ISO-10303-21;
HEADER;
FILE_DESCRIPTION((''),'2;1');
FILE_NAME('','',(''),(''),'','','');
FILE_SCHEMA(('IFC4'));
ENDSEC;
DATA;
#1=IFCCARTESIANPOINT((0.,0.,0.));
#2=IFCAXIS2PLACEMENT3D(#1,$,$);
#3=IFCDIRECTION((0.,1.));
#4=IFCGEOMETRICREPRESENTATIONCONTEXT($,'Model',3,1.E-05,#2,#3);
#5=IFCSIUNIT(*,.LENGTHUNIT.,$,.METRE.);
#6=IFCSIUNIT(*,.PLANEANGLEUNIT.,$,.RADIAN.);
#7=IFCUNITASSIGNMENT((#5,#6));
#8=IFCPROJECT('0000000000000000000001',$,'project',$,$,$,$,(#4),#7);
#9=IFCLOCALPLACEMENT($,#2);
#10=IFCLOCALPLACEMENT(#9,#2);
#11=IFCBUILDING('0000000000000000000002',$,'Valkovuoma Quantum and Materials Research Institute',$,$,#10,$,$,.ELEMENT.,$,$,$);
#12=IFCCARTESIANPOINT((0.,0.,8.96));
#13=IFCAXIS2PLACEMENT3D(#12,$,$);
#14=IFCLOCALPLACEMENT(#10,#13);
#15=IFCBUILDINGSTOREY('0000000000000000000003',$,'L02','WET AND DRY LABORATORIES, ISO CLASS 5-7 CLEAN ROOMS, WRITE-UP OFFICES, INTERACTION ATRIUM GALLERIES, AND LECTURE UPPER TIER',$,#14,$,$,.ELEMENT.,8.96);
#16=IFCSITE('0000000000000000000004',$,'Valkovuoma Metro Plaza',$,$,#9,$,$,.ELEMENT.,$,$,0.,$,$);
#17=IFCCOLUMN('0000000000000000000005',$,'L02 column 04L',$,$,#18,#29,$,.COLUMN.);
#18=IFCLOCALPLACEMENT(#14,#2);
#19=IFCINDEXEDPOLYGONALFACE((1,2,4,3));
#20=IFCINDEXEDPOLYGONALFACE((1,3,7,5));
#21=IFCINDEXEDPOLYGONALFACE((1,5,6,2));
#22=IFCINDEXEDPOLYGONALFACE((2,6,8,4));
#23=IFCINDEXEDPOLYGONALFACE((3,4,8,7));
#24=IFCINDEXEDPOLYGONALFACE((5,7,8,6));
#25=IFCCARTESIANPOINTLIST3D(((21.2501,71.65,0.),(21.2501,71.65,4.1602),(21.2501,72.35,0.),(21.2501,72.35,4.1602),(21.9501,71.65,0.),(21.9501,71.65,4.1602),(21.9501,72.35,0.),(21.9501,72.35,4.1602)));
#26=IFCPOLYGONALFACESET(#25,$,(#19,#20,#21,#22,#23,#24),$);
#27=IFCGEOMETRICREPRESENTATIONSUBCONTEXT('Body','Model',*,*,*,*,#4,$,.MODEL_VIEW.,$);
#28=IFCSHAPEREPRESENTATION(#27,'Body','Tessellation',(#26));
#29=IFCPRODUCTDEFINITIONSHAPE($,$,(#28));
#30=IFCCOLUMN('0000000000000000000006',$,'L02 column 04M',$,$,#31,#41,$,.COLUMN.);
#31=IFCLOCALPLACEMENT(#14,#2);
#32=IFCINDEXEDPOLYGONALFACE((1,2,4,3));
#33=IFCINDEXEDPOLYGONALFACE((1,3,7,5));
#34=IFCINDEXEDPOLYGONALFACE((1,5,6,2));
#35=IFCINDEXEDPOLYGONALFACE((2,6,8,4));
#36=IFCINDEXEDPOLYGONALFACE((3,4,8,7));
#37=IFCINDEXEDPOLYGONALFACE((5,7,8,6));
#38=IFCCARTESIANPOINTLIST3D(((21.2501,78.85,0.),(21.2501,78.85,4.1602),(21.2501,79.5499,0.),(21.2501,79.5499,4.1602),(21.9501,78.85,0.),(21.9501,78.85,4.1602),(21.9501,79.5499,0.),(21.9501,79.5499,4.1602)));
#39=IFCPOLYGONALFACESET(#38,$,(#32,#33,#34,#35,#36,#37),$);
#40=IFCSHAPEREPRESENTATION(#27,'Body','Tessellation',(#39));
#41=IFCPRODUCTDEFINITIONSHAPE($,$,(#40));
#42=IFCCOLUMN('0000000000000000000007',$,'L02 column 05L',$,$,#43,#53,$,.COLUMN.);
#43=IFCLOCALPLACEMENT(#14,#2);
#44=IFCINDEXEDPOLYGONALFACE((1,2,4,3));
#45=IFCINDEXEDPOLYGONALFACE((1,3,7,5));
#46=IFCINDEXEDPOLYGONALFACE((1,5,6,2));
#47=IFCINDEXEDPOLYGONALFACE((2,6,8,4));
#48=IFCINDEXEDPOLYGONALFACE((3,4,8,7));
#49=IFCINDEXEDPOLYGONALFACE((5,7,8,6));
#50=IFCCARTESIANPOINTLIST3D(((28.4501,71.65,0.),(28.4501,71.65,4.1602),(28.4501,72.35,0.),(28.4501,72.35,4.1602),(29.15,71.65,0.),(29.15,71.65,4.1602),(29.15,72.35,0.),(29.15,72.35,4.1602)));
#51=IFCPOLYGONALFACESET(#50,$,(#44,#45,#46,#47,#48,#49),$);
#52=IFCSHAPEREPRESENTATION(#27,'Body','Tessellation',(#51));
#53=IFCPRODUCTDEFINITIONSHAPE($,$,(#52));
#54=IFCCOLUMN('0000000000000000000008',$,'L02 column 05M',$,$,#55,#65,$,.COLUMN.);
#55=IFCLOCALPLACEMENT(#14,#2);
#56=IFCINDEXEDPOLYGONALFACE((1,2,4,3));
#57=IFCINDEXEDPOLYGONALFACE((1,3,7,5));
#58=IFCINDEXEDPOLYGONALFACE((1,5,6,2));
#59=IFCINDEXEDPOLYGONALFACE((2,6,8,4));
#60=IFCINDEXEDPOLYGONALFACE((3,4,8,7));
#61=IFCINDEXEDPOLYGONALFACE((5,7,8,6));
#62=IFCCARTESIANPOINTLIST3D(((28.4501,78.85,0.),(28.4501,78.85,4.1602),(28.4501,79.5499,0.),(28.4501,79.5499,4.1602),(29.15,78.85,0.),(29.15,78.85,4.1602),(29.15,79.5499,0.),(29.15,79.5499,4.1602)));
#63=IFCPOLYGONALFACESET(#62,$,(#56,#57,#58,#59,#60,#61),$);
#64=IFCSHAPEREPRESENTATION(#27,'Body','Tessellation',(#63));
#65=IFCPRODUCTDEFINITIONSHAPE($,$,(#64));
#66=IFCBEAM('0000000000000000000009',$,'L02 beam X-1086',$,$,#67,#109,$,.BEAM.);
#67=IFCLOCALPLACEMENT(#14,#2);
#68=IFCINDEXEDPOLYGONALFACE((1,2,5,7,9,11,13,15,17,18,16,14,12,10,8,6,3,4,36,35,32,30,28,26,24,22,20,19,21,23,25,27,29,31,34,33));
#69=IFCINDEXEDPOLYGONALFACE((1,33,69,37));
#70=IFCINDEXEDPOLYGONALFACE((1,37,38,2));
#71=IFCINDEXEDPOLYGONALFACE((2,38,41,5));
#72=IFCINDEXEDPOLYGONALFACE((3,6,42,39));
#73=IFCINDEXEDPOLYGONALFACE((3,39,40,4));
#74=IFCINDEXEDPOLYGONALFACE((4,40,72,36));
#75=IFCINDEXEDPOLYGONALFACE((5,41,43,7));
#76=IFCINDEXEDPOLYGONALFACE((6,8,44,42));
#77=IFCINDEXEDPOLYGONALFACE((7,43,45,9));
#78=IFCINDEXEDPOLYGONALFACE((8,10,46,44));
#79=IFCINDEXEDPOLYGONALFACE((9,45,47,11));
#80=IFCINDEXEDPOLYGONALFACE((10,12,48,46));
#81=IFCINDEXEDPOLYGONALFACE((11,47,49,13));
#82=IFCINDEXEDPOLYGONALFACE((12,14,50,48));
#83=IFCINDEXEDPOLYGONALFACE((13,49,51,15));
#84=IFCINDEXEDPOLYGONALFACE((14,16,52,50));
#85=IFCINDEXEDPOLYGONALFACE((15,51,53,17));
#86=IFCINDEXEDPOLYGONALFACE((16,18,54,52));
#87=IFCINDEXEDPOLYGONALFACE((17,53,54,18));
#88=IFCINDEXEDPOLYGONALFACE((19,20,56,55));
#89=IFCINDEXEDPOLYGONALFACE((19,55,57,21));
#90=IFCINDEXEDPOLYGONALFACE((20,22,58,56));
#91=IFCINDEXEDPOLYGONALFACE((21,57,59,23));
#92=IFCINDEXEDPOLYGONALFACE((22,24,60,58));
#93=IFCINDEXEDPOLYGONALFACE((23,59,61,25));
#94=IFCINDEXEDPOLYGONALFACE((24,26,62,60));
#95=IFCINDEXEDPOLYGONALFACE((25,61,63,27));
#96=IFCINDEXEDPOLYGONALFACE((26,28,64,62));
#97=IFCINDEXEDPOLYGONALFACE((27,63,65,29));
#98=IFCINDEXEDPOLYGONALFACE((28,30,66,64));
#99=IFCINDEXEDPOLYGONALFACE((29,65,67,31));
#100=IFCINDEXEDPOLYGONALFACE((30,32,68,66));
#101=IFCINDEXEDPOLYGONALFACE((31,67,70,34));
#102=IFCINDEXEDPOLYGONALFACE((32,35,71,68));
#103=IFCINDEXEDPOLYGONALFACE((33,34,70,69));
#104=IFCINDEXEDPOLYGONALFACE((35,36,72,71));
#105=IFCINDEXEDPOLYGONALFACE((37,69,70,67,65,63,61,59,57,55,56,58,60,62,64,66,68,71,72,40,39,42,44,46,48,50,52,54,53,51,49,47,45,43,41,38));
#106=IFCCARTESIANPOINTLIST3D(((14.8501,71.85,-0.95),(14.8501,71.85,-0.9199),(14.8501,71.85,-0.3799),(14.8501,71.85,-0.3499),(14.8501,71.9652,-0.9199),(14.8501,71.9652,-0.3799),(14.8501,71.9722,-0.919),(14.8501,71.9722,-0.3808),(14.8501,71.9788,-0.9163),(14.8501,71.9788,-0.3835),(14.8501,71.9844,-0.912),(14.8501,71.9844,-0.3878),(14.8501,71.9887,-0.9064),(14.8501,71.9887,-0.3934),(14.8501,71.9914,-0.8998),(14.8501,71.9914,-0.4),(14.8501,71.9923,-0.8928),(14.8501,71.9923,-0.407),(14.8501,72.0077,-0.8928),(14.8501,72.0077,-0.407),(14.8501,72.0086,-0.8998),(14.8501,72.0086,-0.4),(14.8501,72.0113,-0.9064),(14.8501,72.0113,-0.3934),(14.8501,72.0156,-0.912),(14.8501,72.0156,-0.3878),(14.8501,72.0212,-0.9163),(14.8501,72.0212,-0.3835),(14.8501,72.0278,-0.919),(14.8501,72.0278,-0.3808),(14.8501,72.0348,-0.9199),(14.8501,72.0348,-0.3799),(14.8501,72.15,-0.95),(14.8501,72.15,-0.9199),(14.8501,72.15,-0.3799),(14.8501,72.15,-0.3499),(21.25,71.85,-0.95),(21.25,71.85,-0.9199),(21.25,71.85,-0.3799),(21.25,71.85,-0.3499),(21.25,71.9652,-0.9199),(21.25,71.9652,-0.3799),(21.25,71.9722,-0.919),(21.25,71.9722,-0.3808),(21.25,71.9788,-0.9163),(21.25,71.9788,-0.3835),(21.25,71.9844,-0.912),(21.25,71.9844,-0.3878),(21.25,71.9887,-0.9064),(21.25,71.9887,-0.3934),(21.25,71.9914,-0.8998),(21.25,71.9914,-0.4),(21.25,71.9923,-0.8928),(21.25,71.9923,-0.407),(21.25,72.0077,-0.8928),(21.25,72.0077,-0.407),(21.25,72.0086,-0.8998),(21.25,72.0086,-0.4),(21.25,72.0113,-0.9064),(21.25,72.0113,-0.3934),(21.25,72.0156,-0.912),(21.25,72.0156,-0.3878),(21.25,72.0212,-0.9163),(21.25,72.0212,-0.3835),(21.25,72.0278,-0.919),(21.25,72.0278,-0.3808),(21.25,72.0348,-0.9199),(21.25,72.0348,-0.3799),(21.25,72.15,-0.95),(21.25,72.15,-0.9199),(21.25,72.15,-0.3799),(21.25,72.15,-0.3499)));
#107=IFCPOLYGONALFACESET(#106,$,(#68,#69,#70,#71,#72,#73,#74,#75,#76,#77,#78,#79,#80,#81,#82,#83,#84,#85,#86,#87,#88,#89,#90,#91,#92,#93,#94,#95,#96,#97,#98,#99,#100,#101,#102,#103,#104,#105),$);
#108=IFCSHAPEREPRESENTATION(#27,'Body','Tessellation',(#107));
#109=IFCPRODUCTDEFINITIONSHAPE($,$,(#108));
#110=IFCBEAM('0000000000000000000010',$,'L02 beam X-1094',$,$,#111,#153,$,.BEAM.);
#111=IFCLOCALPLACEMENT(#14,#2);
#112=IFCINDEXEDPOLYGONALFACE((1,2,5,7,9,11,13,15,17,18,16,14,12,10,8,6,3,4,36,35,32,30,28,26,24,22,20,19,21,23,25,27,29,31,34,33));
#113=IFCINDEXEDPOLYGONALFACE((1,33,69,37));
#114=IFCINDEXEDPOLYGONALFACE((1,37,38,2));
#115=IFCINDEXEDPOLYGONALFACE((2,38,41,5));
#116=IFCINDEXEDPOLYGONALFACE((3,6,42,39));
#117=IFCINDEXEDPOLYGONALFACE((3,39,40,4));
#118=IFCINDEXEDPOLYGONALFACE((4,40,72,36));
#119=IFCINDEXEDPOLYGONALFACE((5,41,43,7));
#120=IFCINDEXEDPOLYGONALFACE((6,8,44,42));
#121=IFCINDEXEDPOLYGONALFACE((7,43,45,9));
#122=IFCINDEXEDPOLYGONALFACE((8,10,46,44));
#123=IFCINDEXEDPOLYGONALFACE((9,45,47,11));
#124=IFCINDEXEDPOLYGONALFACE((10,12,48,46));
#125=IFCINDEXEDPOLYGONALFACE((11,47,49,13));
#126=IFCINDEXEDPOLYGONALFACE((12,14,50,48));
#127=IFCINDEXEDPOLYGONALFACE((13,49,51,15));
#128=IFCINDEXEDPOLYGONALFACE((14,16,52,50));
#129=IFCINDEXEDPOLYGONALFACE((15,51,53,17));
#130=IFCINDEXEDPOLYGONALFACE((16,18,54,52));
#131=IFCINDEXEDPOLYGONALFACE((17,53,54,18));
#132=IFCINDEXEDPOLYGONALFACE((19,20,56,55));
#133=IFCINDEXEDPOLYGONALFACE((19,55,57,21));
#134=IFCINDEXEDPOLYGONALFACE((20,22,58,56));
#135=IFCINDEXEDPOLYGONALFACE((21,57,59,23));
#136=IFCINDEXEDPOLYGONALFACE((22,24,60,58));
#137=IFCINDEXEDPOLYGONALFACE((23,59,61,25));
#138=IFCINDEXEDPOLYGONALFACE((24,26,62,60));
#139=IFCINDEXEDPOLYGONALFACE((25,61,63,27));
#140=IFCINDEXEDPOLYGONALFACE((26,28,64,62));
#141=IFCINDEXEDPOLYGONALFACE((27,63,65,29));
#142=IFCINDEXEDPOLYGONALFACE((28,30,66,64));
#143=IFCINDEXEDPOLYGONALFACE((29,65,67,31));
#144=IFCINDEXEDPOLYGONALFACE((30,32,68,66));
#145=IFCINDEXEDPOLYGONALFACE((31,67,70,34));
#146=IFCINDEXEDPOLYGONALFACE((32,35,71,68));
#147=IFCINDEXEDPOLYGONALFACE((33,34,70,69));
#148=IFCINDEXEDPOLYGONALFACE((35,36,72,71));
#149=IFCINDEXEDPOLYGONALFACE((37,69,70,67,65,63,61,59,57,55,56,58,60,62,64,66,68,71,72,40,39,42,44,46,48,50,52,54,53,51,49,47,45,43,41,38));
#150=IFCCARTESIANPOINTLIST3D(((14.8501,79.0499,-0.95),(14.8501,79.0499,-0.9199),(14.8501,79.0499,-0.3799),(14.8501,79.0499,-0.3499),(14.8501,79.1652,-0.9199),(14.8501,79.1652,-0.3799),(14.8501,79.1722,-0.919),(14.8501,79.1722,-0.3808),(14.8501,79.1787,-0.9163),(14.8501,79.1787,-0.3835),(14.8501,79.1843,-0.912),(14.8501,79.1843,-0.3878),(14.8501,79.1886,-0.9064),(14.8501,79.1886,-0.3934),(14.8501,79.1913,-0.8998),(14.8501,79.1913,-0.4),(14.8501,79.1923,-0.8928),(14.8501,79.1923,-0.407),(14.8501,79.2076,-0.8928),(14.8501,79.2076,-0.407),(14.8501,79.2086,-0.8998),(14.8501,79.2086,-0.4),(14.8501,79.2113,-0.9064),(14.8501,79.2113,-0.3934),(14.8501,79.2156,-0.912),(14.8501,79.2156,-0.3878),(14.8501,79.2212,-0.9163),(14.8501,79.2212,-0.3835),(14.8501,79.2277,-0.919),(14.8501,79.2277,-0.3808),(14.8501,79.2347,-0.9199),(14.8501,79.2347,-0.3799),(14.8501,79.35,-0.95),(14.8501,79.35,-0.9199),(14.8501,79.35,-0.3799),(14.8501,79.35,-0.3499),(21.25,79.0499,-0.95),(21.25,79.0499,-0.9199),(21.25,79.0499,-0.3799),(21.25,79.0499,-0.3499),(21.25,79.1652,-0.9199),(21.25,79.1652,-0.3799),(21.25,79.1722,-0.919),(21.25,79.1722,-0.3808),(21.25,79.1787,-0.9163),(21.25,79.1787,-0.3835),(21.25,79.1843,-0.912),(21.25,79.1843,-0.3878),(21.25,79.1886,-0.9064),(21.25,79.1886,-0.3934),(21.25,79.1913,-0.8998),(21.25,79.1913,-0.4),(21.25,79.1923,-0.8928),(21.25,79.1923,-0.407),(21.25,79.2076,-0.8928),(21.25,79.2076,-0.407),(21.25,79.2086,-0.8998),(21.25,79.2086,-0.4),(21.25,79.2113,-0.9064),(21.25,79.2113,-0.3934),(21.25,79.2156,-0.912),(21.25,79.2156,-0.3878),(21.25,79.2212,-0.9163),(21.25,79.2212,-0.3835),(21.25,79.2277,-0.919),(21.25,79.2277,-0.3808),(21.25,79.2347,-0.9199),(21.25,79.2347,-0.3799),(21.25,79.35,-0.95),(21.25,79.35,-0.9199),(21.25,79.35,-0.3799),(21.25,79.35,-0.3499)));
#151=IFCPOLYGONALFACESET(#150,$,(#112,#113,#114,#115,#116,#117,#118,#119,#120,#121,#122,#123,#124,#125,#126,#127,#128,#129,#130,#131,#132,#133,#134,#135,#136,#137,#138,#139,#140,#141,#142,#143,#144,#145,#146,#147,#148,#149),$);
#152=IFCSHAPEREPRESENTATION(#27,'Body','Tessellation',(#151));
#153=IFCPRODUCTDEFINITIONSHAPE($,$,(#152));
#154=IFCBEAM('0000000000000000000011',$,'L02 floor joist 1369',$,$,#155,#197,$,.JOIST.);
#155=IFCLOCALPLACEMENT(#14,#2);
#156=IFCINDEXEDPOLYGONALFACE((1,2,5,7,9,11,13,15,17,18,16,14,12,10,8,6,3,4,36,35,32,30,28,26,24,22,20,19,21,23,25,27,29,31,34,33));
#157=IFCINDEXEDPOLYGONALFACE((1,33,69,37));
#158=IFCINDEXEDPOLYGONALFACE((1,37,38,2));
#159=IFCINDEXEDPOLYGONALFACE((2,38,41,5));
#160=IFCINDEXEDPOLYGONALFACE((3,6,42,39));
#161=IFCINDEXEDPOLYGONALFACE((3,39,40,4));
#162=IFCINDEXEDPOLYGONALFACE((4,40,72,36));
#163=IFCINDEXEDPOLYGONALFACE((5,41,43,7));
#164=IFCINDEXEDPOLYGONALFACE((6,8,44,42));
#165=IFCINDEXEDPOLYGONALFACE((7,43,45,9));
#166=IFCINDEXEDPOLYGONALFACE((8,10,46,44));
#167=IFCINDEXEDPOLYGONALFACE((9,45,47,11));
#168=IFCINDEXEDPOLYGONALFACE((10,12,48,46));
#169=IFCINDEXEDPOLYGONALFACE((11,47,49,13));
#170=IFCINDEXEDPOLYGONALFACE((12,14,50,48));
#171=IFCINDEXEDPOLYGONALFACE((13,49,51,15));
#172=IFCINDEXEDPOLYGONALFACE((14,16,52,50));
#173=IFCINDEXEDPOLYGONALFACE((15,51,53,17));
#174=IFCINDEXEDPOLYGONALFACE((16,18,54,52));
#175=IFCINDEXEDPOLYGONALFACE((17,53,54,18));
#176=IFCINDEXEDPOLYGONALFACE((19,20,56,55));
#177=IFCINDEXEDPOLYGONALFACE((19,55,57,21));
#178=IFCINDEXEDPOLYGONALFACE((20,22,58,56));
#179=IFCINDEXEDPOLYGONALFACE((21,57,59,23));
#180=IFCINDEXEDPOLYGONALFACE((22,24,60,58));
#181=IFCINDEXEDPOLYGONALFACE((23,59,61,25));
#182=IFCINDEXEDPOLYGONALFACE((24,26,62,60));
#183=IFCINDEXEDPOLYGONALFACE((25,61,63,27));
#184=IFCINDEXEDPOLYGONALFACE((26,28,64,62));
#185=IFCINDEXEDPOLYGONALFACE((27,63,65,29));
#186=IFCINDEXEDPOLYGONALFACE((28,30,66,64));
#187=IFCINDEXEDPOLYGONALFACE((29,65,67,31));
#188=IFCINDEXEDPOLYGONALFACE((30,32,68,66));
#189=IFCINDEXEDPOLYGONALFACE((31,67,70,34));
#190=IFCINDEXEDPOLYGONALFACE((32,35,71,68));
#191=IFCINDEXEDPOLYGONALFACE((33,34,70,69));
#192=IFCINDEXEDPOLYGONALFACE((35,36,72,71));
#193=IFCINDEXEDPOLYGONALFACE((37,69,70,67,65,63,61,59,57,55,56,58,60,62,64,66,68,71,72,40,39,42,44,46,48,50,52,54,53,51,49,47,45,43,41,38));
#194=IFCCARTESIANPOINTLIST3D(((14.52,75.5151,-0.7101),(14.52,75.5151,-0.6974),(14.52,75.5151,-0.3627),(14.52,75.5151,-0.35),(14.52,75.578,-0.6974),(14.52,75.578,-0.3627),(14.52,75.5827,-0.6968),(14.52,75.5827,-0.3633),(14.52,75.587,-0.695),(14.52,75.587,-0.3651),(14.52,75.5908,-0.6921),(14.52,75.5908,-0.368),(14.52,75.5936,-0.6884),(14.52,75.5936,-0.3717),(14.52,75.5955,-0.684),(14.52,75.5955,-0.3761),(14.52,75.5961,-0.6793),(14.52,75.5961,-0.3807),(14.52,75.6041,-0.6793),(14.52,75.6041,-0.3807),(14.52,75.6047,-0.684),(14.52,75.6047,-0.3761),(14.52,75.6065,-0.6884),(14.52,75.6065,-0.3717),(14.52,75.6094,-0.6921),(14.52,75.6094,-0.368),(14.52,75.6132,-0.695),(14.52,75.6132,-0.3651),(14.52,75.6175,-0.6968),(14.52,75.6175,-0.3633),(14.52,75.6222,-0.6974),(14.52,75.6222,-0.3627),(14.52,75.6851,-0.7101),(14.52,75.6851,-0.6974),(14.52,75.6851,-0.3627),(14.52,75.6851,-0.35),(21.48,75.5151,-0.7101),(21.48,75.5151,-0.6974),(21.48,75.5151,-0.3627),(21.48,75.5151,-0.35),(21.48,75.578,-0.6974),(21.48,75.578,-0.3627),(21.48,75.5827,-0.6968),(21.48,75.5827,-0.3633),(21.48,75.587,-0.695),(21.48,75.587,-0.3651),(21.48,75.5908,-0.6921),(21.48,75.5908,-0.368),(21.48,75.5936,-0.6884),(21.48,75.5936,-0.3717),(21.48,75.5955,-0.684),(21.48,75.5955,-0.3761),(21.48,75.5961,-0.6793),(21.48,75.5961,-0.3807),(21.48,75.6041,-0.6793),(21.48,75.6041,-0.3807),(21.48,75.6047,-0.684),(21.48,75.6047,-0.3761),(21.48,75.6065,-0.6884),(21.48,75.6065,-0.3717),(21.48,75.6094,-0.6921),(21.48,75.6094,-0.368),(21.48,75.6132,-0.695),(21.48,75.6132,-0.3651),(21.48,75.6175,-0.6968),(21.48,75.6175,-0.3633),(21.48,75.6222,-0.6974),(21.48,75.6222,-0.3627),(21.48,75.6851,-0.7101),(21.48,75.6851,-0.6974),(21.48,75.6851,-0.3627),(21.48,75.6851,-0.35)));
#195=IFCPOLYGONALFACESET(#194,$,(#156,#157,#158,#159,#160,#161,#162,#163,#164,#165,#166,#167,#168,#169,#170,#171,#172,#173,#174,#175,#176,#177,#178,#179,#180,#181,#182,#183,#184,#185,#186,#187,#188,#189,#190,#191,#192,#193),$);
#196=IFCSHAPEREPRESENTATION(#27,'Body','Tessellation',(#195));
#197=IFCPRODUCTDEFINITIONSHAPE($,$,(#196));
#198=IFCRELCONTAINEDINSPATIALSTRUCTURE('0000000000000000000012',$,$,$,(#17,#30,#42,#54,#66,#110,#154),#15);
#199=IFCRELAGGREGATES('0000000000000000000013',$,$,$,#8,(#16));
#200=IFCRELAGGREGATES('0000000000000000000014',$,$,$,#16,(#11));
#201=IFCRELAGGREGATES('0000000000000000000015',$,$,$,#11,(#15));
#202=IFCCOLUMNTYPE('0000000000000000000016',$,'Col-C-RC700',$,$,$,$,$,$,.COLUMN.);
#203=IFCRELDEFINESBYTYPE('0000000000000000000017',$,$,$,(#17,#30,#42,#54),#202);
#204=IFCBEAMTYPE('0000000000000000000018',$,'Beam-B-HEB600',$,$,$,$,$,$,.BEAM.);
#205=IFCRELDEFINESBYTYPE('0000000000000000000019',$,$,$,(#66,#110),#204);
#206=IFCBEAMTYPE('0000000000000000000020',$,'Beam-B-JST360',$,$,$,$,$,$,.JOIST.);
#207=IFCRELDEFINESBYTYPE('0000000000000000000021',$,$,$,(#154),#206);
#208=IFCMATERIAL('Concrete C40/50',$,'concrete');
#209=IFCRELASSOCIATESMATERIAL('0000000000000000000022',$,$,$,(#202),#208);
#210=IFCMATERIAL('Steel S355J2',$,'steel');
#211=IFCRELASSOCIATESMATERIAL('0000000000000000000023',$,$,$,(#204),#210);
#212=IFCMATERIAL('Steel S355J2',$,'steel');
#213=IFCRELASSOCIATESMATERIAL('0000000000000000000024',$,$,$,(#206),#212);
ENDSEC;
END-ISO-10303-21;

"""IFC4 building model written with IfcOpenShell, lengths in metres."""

from ifc_helpers import new_model, si_unit, direction, frame, origin, origin_2d, place, context, subcontext, project, spatial, rectangle, i_section, extrude, material, material_profile, profile_set, type_object, element, save


model = new_model("IFC4")

# Units and contexts
model_context = context("Model", 3, precision=1e-05, world=origin(), true_north=direction((0.0, 1.0)))
body_context = subcontext(model_context, "Body", "Model", "MODEL_VIEW")
ifc_project = project(units=[si_unit("LENGTHUNIT", "METRE"), si_unit("PLANEANGLEUNIT", "RADIAN")], contexts=[model_context])

# Site, building, storey
site_placement = place(None, origin())
site = spatial("IfcSite", under=ifc_project, at=site_placement, Name="Valkovuoma Metro Plaza", CompositionType="ELEMENT", RefElevation=0.0)
building_placement = place(site_placement, origin())
building = spatial("IfcBuilding", under=site, at=building_placement, Name="Valkovuoma Quantum and Materials Research Institute", CompositionType="ELEMENT")
storey_placement = place(building_placement, frame((0.0, 0.0, 8.96)))
storey = spatial("IfcBuildingStorey", under=building, at=storey_placement, Name="L02", Description="WET AND DRY LABORATORIES, ISO CLASS 5-7 CLEAN ROOMS, WRITE-UP OFFICES, INTERACTION ATRIUM GALLERIES, AND LECTURE UPPER TIER", CompositionType="ELEMENT", Elevation=8.96)

# Columns
ifc_material_1 = material(Name="Concrete C40/50", Category="concrete")
ifc_material_profile_1 = material_profile(ifc_material_1, rectangle(XDim=0.7, YDim=0.7, at=origin_2d()), Name="Concrete C40/50")
ifc_profile_set_1 = profile_set([ifc_material_profile_1], Name="Concrete C40/50")
column_type = type_object("IfcColumnType", Name="Col-C-RC700", PredefinedType="COLUMN", material=ifc_profile_set_1)
for number, where, z_axis, x_axis, name in (
    (1, (21.6001, 72.0, 0.0), (0.0, 0.0, 1.0), (1.0, 0.0, 0.0), "L02 column 04L"),
    (2, (21.6001, 79.2, 0.0), (0.0, 0.0, 1.0), (1.0, 0.0, 0.0), "L02 column 04M"),
    (3, (28.8, 72.0, 0.0), (0.0, 0.0, 1.0), (1.0, 0.0, 0.0), "L02 column 05L"),
    (4, (28.8, 79.2, 0.0), (0.0, 0.0, 1.0), (1.0, 0.0, 0.0), "L02 column 05M"),
):
    element("IfcColumn", number, at=place(storey_placement, frame(where, z_axis=z_axis, x_axis=x_axis)), inside=storey, type_object=column_type, Name=name, PredefinedType="COLUMN", context=body_context, shape_type="SweptSolid", body=[
        extrude(rectangle(XDim=0.7, YDim=0.7, at=origin_2d()), origin(), (0.0, 0.0, 1.0), 4.1602),
    ])

# Beams
ifc_material_2 = material(Name="Steel S355J2", Category="steel")
ifc_material_profile_2 = material_profile(ifc_material_2, i_section(OverallWidth=0.3, OverallDepth=0.6001, WebThickness=0.0154, FlangeThickness=0.03, FilletRadius=0.0271, at=origin_2d()), Name="Steel S355J2")
ifc_profile_set_2 = profile_set([ifc_material_profile_2], Name="Steel S355J2")
beam_type_1 = type_object("IfcBeamType", Name="Beam-B-HEB600", PredefinedType="BEAM", material=ifc_profile_set_2)
for number, where, z_axis, x_axis, name in (
    (5, (14.8501, 72.0, -0.6499), (1.0, 0.0, 0.0), (0.0, 1.0, 0.0), "L02 beam X-1086"),
    (6, (14.8501, 79.2, -0.6499), (1.0, 0.0, 0.0), (0.0, 1.0, 0.0), "L02 beam X-1094"),
):
    element("IfcBeam", number, at=place(storey_placement, frame(where, z_axis=z_axis, x_axis=x_axis)), inside=storey, type_object=beam_type_1, Name=name, PredefinedType="BEAM", context=body_context, shape_type="SweptSolid", body=[
        extrude(i_section(OverallWidth=0.3, OverallDepth=0.6001, WebThickness=0.0154, FlangeThickness=0.03, FilletRadius=0.0271, at=origin_2d()), origin(), (0.0, 0.0, 1.0), 6.3999),
    ])
ifc_material_3 = material(Name="Steel S355J2", Category="steel")
ifc_material_profile_3 = material_profile(ifc_material_3, i_section(OverallWidth=0.1699, OverallDepth=0.3601, WebThickness=0.0081, FlangeThickness=0.0127, FilletRadius=0.0181, at=origin_2d()), Name="Steel S355J2")
ifc_profile_set_3 = profile_set([ifc_material_profile_3], Name="Steel S355J2")
beam_type_2 = type_object("IfcBeamType", Name="Beam-B-JST360", PredefinedType="JOIST", material=ifc_profile_set_3)
for number, where, z_axis, x_axis, name in (
    (7, (14.52, 75.6001, -0.53), (1.0, 0.0, 0.0), (0.0, 1.0, 0.0), "L02 floor joist 1369"),
):
    element("IfcBeam", number, at=place(storey_placement, frame(where, z_axis=z_axis, x_axis=x_axis)), inside=storey, type_object=beam_type_2, Name=name, PredefinedType="JOIST", context=body_context, shape_type="SweptSolid", body=[
        extrude(i_section(OverallWidth=0.1699, OverallDepth=0.3601, WebThickness=0.0081, FlangeThickness=0.0127, FilletRadius=0.0181, at=origin_2d()), origin(), (0.0, 0.0, 1.0), 6.96),
    ])

save(model, "model.ifc")
